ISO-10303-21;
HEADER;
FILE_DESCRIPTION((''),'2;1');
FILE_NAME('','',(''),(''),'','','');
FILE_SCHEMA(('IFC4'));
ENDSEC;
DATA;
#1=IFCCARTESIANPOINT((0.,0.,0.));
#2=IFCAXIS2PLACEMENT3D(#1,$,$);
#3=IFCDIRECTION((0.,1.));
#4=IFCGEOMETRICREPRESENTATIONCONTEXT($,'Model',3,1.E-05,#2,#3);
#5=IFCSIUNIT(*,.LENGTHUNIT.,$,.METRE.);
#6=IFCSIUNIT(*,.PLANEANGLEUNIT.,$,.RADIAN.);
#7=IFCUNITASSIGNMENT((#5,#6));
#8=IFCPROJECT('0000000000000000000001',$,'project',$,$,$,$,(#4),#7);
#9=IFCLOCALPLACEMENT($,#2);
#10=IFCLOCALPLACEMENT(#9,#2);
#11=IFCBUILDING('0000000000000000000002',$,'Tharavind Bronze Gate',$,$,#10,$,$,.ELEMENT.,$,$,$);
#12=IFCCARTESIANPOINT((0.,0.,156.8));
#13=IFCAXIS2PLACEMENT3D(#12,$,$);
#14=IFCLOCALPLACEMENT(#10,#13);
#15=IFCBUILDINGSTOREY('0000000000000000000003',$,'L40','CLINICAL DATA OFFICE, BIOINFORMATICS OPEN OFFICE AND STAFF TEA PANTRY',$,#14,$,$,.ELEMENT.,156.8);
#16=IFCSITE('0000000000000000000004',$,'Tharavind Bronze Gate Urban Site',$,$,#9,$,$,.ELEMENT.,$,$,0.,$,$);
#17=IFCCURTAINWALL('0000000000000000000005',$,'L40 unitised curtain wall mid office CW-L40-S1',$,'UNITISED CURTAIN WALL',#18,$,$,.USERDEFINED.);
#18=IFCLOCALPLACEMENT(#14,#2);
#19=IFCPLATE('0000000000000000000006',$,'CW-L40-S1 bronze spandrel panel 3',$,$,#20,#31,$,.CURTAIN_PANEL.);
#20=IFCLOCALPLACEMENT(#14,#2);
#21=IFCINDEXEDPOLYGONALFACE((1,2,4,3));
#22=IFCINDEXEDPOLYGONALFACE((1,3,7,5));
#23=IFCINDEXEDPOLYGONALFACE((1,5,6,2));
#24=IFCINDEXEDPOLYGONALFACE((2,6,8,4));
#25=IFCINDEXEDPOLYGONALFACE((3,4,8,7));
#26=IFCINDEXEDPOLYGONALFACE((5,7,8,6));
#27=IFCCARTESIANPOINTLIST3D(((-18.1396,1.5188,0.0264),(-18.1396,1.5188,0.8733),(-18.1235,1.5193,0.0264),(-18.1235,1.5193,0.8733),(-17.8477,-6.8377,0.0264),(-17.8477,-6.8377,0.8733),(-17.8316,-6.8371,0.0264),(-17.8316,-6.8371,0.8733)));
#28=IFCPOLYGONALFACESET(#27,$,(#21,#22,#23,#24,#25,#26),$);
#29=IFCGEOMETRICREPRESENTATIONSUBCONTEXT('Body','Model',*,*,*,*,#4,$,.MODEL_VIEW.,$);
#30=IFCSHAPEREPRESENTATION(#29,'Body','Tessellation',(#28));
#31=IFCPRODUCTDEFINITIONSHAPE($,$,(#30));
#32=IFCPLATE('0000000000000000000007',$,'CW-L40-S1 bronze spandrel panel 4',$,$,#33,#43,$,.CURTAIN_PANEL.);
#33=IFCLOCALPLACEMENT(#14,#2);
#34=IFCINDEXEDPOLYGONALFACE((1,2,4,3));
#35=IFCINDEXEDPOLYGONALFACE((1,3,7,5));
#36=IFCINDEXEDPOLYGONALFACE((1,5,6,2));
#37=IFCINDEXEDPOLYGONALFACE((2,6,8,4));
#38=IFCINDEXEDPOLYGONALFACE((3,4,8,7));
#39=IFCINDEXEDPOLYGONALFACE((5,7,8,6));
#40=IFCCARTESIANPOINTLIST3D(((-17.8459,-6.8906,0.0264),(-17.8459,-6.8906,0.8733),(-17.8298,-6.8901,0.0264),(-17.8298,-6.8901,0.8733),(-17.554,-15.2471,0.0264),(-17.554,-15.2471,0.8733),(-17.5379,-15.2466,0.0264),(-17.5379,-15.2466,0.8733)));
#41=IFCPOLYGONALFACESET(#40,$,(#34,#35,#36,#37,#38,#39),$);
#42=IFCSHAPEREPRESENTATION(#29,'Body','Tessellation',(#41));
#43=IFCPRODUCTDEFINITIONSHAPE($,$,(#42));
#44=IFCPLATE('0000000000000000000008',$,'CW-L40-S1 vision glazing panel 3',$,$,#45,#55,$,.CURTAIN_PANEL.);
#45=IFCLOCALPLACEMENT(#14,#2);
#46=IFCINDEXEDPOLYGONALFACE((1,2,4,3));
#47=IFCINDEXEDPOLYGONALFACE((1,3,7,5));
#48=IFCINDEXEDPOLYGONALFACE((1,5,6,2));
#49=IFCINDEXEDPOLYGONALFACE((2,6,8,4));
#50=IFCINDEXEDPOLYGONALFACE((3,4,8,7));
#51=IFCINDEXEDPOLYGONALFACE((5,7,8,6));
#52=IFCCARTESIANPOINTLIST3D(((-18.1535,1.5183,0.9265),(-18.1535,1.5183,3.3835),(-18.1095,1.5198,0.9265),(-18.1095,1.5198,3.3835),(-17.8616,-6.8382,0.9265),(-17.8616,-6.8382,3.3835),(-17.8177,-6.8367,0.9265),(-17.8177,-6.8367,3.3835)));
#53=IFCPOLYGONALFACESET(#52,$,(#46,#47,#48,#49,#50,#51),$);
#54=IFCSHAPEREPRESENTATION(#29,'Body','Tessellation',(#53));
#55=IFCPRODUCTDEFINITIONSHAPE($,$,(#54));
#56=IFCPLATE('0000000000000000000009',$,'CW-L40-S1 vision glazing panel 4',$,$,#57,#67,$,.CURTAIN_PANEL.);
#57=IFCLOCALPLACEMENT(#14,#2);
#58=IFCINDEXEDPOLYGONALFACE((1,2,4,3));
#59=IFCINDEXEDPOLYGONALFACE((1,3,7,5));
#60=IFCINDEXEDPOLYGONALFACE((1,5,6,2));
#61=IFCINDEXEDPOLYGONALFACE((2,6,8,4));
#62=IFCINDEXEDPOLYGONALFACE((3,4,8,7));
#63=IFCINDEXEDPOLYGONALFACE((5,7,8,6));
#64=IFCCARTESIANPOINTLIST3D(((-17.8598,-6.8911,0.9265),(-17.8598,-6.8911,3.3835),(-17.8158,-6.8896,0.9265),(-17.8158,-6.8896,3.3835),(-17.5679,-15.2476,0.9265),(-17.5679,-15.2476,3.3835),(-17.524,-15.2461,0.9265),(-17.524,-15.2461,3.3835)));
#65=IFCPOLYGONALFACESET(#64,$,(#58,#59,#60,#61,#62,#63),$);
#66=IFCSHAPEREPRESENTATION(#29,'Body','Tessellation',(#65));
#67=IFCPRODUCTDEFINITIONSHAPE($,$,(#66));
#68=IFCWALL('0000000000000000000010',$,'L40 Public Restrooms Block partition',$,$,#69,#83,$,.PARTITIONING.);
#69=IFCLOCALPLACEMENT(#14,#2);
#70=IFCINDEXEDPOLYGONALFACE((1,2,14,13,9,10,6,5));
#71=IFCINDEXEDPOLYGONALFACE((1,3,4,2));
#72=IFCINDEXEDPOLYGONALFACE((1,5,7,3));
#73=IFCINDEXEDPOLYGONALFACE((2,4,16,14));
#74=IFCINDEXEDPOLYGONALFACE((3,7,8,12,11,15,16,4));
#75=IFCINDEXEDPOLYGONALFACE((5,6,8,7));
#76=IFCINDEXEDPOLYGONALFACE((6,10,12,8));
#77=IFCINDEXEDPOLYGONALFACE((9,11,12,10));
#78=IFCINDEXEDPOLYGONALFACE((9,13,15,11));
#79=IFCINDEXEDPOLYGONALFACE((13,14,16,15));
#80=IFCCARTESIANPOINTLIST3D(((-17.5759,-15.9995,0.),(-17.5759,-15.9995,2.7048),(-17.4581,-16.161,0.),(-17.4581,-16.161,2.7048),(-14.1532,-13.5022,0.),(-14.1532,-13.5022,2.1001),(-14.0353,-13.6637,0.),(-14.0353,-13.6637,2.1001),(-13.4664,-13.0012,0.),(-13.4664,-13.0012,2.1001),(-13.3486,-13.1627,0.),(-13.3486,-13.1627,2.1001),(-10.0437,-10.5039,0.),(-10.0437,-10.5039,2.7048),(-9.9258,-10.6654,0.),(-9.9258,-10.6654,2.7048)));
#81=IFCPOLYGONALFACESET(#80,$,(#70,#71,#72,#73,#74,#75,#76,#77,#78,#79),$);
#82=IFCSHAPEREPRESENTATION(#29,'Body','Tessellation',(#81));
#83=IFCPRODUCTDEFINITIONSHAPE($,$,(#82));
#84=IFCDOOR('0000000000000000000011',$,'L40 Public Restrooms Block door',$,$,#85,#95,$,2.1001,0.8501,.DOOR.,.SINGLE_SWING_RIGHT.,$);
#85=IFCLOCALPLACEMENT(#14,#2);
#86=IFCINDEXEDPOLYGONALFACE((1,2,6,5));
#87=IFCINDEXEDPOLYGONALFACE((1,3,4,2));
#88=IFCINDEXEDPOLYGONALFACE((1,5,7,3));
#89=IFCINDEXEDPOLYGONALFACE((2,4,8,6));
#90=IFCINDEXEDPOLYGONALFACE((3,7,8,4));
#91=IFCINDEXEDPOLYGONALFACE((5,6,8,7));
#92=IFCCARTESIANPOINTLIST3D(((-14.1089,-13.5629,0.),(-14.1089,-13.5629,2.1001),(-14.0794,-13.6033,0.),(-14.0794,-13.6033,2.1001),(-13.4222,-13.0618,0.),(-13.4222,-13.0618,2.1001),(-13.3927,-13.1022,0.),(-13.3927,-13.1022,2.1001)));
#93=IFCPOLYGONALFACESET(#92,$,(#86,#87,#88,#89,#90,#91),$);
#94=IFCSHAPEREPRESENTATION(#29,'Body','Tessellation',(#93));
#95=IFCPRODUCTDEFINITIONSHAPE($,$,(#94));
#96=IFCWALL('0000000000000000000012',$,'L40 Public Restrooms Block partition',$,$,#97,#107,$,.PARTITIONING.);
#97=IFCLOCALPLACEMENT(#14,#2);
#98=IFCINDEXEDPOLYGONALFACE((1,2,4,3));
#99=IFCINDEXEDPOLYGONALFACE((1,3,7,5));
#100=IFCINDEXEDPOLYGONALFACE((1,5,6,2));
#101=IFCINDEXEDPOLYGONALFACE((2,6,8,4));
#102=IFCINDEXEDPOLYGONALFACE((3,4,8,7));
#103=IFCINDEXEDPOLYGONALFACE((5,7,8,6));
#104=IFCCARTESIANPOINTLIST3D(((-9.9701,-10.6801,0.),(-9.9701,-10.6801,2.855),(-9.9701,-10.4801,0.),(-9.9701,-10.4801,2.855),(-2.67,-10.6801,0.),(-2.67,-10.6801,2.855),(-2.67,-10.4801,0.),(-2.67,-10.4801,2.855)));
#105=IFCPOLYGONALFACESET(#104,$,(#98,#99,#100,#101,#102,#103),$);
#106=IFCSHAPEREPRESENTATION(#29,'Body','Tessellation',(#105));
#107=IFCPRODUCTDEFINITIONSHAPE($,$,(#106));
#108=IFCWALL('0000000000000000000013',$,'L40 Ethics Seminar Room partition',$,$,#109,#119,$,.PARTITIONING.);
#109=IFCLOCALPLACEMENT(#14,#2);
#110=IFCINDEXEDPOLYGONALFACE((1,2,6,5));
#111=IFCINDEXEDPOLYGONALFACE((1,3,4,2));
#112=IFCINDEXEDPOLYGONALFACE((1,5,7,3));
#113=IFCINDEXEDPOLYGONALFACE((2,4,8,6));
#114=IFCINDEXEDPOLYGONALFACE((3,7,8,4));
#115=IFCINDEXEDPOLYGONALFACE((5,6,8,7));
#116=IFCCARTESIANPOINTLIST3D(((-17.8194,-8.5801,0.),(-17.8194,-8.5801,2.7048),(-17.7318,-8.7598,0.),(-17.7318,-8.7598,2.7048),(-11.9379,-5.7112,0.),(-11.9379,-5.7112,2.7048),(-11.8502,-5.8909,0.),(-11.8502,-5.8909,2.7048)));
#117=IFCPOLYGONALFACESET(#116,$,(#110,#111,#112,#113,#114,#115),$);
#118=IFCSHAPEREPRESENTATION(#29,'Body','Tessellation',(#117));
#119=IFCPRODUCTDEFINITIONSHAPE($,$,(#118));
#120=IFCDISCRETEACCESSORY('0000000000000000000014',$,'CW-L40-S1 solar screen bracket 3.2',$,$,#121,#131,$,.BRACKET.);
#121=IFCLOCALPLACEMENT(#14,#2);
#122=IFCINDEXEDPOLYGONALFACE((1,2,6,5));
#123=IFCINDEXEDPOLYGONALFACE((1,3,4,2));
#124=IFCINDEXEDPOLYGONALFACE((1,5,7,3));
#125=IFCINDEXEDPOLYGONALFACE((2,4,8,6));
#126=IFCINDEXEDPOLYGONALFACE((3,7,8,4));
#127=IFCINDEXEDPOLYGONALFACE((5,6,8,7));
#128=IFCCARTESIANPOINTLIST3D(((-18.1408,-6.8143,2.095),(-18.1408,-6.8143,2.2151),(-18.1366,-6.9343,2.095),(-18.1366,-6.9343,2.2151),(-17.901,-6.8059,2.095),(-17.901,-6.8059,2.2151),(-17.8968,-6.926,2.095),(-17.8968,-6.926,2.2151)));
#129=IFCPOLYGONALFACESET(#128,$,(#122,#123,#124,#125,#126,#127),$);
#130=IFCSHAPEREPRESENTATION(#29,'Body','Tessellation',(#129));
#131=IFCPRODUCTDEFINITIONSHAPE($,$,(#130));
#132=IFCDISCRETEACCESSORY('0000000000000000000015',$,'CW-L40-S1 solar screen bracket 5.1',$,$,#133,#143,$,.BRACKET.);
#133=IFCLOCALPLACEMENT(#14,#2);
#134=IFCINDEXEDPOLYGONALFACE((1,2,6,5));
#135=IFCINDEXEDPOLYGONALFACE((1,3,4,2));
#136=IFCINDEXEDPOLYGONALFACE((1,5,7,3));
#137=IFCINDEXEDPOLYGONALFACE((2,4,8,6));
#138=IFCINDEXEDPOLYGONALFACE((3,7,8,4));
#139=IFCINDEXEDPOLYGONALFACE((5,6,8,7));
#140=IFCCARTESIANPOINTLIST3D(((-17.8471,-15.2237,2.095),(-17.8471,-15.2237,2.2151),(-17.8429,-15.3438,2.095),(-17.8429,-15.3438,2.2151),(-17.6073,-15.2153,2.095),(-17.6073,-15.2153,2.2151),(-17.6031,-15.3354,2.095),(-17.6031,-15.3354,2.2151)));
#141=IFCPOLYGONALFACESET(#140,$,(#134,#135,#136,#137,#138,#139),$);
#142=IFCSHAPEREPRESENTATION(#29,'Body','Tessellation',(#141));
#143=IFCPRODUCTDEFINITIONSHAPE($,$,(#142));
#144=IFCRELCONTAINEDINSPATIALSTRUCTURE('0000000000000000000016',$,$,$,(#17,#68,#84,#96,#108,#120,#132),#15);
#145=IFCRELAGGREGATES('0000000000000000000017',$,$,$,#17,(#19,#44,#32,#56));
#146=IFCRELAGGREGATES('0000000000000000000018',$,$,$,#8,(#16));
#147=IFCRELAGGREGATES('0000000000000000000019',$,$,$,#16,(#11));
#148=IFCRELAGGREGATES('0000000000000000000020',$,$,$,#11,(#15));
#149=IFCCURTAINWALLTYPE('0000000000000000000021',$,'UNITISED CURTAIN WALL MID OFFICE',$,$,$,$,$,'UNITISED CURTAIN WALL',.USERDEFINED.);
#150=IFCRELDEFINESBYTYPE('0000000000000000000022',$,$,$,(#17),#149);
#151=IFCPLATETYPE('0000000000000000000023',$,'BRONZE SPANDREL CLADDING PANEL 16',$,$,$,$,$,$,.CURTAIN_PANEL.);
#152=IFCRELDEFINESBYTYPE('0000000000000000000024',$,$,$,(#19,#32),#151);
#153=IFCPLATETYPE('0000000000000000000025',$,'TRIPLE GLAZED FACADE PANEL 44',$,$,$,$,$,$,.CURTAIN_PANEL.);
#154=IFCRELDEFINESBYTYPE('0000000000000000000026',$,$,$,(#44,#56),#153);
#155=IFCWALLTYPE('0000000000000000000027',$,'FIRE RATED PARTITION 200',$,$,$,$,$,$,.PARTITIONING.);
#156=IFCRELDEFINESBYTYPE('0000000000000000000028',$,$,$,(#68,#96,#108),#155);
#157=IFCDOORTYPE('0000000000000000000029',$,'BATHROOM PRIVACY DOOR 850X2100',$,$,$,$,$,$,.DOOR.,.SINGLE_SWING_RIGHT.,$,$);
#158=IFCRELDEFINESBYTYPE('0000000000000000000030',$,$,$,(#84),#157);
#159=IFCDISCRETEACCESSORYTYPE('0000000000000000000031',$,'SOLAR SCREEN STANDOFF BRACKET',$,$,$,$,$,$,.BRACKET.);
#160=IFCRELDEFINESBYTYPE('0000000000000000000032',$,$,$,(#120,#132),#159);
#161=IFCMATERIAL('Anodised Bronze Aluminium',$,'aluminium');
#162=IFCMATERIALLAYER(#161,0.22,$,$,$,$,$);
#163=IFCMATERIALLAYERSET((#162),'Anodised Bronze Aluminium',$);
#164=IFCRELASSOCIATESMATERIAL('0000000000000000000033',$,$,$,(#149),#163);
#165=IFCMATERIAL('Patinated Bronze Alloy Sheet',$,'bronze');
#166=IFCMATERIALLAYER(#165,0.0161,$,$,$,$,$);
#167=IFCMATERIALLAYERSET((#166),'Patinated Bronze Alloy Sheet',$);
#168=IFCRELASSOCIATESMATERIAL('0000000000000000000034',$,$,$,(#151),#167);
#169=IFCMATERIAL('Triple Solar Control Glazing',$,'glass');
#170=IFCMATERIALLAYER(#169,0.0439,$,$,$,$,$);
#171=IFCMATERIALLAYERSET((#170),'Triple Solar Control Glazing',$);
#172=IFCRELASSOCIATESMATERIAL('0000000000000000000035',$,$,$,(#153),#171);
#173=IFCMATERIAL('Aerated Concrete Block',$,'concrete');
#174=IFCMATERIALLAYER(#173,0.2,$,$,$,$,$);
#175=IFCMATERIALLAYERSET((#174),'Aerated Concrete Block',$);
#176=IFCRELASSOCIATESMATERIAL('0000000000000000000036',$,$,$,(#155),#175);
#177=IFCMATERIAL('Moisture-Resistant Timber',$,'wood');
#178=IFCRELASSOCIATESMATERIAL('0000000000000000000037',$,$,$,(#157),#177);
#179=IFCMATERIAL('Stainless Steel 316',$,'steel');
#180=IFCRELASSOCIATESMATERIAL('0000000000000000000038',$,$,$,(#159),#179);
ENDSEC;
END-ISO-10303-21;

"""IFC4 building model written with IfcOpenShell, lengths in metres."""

from ifc_helpers import new_model, si_unit, direction, frame, frame_2d, origin, origin_2d, place, context, subcontext, project, spatial, rectangle, extrude, material, layer, layer_set, type_object, element, fill, aggregate, save


model = new_model("IFC4")

# Units and contexts
model_context = context("Model", 3, precision=1e-05, world=origin(), true_north=direction((0.0, 1.0)))
body_context = subcontext(model_context, "Body", "Model", "MODEL_VIEW")
ifc_project = project(units=[si_unit("LENGTHUNIT", "METRE"), si_unit("PLANEANGLEUNIT", "RADIAN")], contexts=[model_context])

# Site, building, storey
site_placement = place(None, origin())
site = spatial("IfcSite", under=ifc_project, at=site_placement, Name="Tharavind Bronze Gate Urban Site", CompositionType="ELEMENT", RefElevation=0.0)
building_placement = place(site_placement, origin())
building = spatial("IfcBuilding", under=site, at=building_placement, Name="Tharavind Bronze Gate", CompositionType="ELEMENT")
storey_placement = place(building_placement, frame((0.0, 0.0, 156.8)))
storey = spatial("IfcBuildingStorey", under=building, at=storey_placement, Name="L40", Description="CLINICAL DATA OFFICE, BIOINFORMATICS OPEN OFFICE AND STAFF TEA PANTRY", CompositionType="ELEMENT", Elevation=156.8)

# Curtain wall
ifc_material_1 = material(Name="Anodised Bronze Aluminium", Category="aluminium")
ifc_layer_1 = layer(ifc_material_1, 0.22)
ifc_layer_set_1 = layer_set([ifc_layer_1], Name="Anodised Bronze Aluminium")
curtain_wall_type = type_object("IfcCurtainWallType", Name="UNITISED CURTAIN WALL MID OFFICE", ElementType="UNITISED CURTAIN WALL", PredefinedType="USERDEFINED", material=ifc_layer_set_1)
curtain_wall_placement = place(storey_placement, origin())
curtain_wall = element("IfcCurtainWall", 1, at=curtain_wall_placement, inside=storey, type_object=curtain_wall_type, Name="L40 unitised curtain wall mid office CW-L40-S1", ObjectType="UNITISED CURTAIN WALL", PredefinedType="USERDEFINED")

# Plates
ifc_material_2 = material(Name="Patinated Bronze Alloy Sheet", Category="bronze")
ifc_layer_2 = layer(ifc_material_2, 0.0161)
ifc_layer_set_2 = layer_set([ifc_layer_2], Name="Patinated Bronze Alloy Sheet")
plate_type_1 = type_object("IfcPlateType", Name="BRONZE SPANDREL CLADDING PANEL 16", PredefinedType="CURTAIN_PANEL", material=ifc_layer_set_2)
plate_1_placement = place(storey_placement, frame((-17.9856, -2.6592, 0.0264), z_axis=(0.0, 0.0, 1.0), x_axis=(0.034899, -0.999391, 0.0)))
plate_1 = element("IfcPlate", 2, at=plate_1_placement, type_object=plate_type_1, Name="CW-L40-S1 bronze spandrel panel 3", PredefinedType="CURTAIN_PANEL", context=body_context, shape_type="SweptSolid", body=[
    extrude(rectangle(XDim=8.3616, YDim=0.0161, at=origin_2d()), origin(), (0.0, 0.0, 1.0), 0.8469),
])
plate_2_placement = place(storey_placement, frame((-17.6919, -11.0686, 0.0264), z_axis=(0.0, 0.0, 1.0), x_axis=(0.034899, -0.999391, 0.0)))
plate_2 = element("IfcPlate", 3, at=plate_2_placement, type_object=plate_type_1, Name="CW-L40-S1 bronze spandrel panel 4", PredefinedType="CURTAIN_PANEL", context=body_context, shape_type="SweptSolid", body=[
    extrude(rectangle(XDim=8.3616, YDim=0.0161, at=origin_2d()), origin(), (0.0, 0.0, 1.0), 0.8469),
])
ifc_material_3 = material(Name="Triple Solar Control Glazing", Category="glass")
ifc_layer_3 = layer(ifc_material_3, 0.0439)
ifc_layer_set_3 = layer_set([ifc_layer_3], Name="Triple Solar Control Glazing")
plate_type_2 = type_object("IfcPlateType", Name="TRIPLE GLAZED FACADE PANEL 44", PredefinedType="CURTAIN_PANEL", material=ifc_layer_set_3)
plate_3_placement = place(storey_placement, frame((-17.9856, -2.6592, 0.9265), z_axis=(0.0, 0.0, 1.0), x_axis=(0.034899, -0.999391, 0.0)))
plate_3 = element("IfcPlate", 4, at=plate_3_placement, type_object=plate_type_2, Name="CW-L40-S1 vision glazing panel 3", PredefinedType="CURTAIN_PANEL", context=body_context, shape_type="SweptSolid", body=[
    extrude(rectangle(XDim=8.3616, YDim=0.0439, at=origin_2d()), origin(), (0.0, 0.0, 1.0), 2.457),
])
plate_4_placement = place(storey_placement, frame((-17.6919, -11.0686, 0.9265), z_axis=(0.0, 0.0, 1.0), x_axis=(0.034899, -0.999391, 0.0)))
plate_4 = element("IfcPlate", 5, at=plate_4_placement, type_object=plate_type_2, Name="CW-L40-S1 vision glazing panel 4", PredefinedType="CURTAIN_PANEL", context=body_context, shape_type="SweptSolid", body=[
    extrude(rectangle(XDim=8.3616, YDim=0.0439, at=origin_2d()), origin(), (0.0, 0.0, 1.0), 2.457),
])
aggregate(curtain_wall, [plate_1, plate_3, plate_2, plate_4])

# Wall, opening, door
ifc_material_4 = material(Name="Aerated Concrete Block", Category="concrete")
ifc_layer_4 = layer(ifc_material_4, 0.2)
ifc_layer_set_4 = layer_set([ifc_layer_4], Name="Aerated Concrete Block")
wall_type = type_object("IfcWallType", Name="FIRE RATED PARTITION 200", PredefinedType="PARTITIONING", material=ifc_layer_set_4)
wall_1_placement = place(storey_placement, frame((-17.5171, -16.0803, 0.0), z_axis=(0.0, 0.0, 1.0), x_axis=(0.807836, 0.589407, 0.0)))
wall_1 = element("IfcWall", 6, at=wall_1_placement, inside=storey, type_object=wall_type, Name="L40 Public Restrooms Block partition", PredefinedType="PARTITIONING", context=body_context, shape_type="SweptSolid", body=[
    extrude(rectangle(XDim=9.324, YDim=0.2, at=frame_2d((4.6621, 0.0))), origin(), (0.0, 0.0, 1.0), 2.7048),
])
opening_placement = place(wall_1_placement, frame((4.2371, 0.0, 0.0)))
opening = element("IfcOpeningElement", 7, at=opening_placement, cuts=wall_1, PredefinedType="OPENING", context=body_context, shape_type="SweptSolid", body=[
    extrude(rectangle(XDim=0.8501, YDim=2.1001, at=frame_2d((0.425, 1.05))), frame((0.0, 0.1101, 0.0), z_axis=(0.0, -1.0, 0.0), x_axis=(1.0, 0.0, 0.0)), (0.0, 0.0, 1.0), 0.22),
])
ifc_material_5 = material(Name="Moisture-Resistant Timber", Category="wood")
door_type = type_object("IfcDoorType", Name="BATHROOM PRIVACY DOOR 850X2100", OperationType="SINGLE_SWING_RIGHT", PredefinedType="DOOR", material=ifc_material_5)
door_placement = place(opening_placement, origin())
door = element("IfcDoor", 8, at=door_placement, inside=storey, type_object=door_type, Name="L40 Public Restrooms Block door", OperationType="SINGLE_SWING_RIGHT", OverallHeight=2.1001, OverallWidth=0.8501, PredefinedType="DOOR", context=body_context, shape_type="SweptSolid", body=[
    extrude(rectangle(XDim=0.8501, YDim=2.1001, at=frame_2d((0.425, 1.05))), frame((0.0, 0.0249, 0.0), z_axis=(0.0, -1.0, 0.0), x_axis=(1.0, 0.0, 0.0)), (0.0, 0.0, 1.0), 0.05),
])
fill(opening, door)

# Walls
wall_2_placement = place(storey_placement, frame((-9.97, -10.5801, 0.0), z_axis=(0.0, 0.0, 1.0), x_axis=(1.0, 0.0, 0.0)))
element("IfcWall", 9, at=wall_2_placement, inside=storey, type_object=wall_type, Name="L40 Public Restrooms Block partition", PredefinedType="PARTITIONING", context=body_context, shape_type="SweptSolid", body=[
    extrude(rectangle(XDim=7.3, YDim=0.2, at=frame_2d((3.6499, 0.0))), origin(), (0.0, 0.0, 1.0), 2.855),
])
wall_3_placement = place(storey_placement, frame((-11.894, -5.801, 0.0), z_axis=(0.0, 0.0, 1.0), x_axis=(-0.898779, -0.438402, 0.0)))
element("IfcWall", 10, at=wall_3_placement, inside=storey, type_object=wall_type, Name="L40 Ethics Seminar Room partition", PredefinedType="PARTITIONING", context=body_context, shape_type="SweptSolid", body=[
    extrude(rectangle(XDim=6.5439, YDim=0.2, at=frame_2d((3.272, 0.0))), origin(), (0.0, 0.0, 1.0), 2.7048),
])

# Discrete accessories
ifc_material_6 = material(Name="Stainless Steel 316", Category="steel")
discrete_accessory_type = type_object("IfcDiscreteAccessoryType", Name="SOLAR SCREEN STANDOFF BRACKET", PredefinedType="BRACKET", material=ifc_material_6)
for number, where, z_axis, x_axis, name in (
    (11, (-18.0188, -6.8701, 2.095), (0.0, 0.0, 1.0), (0.034899, -0.999391, 0.0), "CW-L40-S1 solar screen bracket 3.2"),
    (12, (-17.7251, -15.2795, 2.095), (0.0, 0.0, 1.0), (0.034899, -0.999391, 0.0), "CW-L40-S1 solar screen bracket 5.1"),
):
    element("IfcDiscreteAccessory", number, at=place(storey_placement, frame(where, z_axis=z_axis, x_axis=x_axis)), inside=storey, type_object=discrete_accessory_type, Name=name, PredefinedType="BRACKET", context=body_context, shape_type="SweptSolid", body=[
        extrude(rectangle(XDim=0.1201, YDim=0.24, at=origin_2d()), origin(), (0.0, 0.0, 1.0), 0.1201),
    ])

save(model, "model.ifc")
